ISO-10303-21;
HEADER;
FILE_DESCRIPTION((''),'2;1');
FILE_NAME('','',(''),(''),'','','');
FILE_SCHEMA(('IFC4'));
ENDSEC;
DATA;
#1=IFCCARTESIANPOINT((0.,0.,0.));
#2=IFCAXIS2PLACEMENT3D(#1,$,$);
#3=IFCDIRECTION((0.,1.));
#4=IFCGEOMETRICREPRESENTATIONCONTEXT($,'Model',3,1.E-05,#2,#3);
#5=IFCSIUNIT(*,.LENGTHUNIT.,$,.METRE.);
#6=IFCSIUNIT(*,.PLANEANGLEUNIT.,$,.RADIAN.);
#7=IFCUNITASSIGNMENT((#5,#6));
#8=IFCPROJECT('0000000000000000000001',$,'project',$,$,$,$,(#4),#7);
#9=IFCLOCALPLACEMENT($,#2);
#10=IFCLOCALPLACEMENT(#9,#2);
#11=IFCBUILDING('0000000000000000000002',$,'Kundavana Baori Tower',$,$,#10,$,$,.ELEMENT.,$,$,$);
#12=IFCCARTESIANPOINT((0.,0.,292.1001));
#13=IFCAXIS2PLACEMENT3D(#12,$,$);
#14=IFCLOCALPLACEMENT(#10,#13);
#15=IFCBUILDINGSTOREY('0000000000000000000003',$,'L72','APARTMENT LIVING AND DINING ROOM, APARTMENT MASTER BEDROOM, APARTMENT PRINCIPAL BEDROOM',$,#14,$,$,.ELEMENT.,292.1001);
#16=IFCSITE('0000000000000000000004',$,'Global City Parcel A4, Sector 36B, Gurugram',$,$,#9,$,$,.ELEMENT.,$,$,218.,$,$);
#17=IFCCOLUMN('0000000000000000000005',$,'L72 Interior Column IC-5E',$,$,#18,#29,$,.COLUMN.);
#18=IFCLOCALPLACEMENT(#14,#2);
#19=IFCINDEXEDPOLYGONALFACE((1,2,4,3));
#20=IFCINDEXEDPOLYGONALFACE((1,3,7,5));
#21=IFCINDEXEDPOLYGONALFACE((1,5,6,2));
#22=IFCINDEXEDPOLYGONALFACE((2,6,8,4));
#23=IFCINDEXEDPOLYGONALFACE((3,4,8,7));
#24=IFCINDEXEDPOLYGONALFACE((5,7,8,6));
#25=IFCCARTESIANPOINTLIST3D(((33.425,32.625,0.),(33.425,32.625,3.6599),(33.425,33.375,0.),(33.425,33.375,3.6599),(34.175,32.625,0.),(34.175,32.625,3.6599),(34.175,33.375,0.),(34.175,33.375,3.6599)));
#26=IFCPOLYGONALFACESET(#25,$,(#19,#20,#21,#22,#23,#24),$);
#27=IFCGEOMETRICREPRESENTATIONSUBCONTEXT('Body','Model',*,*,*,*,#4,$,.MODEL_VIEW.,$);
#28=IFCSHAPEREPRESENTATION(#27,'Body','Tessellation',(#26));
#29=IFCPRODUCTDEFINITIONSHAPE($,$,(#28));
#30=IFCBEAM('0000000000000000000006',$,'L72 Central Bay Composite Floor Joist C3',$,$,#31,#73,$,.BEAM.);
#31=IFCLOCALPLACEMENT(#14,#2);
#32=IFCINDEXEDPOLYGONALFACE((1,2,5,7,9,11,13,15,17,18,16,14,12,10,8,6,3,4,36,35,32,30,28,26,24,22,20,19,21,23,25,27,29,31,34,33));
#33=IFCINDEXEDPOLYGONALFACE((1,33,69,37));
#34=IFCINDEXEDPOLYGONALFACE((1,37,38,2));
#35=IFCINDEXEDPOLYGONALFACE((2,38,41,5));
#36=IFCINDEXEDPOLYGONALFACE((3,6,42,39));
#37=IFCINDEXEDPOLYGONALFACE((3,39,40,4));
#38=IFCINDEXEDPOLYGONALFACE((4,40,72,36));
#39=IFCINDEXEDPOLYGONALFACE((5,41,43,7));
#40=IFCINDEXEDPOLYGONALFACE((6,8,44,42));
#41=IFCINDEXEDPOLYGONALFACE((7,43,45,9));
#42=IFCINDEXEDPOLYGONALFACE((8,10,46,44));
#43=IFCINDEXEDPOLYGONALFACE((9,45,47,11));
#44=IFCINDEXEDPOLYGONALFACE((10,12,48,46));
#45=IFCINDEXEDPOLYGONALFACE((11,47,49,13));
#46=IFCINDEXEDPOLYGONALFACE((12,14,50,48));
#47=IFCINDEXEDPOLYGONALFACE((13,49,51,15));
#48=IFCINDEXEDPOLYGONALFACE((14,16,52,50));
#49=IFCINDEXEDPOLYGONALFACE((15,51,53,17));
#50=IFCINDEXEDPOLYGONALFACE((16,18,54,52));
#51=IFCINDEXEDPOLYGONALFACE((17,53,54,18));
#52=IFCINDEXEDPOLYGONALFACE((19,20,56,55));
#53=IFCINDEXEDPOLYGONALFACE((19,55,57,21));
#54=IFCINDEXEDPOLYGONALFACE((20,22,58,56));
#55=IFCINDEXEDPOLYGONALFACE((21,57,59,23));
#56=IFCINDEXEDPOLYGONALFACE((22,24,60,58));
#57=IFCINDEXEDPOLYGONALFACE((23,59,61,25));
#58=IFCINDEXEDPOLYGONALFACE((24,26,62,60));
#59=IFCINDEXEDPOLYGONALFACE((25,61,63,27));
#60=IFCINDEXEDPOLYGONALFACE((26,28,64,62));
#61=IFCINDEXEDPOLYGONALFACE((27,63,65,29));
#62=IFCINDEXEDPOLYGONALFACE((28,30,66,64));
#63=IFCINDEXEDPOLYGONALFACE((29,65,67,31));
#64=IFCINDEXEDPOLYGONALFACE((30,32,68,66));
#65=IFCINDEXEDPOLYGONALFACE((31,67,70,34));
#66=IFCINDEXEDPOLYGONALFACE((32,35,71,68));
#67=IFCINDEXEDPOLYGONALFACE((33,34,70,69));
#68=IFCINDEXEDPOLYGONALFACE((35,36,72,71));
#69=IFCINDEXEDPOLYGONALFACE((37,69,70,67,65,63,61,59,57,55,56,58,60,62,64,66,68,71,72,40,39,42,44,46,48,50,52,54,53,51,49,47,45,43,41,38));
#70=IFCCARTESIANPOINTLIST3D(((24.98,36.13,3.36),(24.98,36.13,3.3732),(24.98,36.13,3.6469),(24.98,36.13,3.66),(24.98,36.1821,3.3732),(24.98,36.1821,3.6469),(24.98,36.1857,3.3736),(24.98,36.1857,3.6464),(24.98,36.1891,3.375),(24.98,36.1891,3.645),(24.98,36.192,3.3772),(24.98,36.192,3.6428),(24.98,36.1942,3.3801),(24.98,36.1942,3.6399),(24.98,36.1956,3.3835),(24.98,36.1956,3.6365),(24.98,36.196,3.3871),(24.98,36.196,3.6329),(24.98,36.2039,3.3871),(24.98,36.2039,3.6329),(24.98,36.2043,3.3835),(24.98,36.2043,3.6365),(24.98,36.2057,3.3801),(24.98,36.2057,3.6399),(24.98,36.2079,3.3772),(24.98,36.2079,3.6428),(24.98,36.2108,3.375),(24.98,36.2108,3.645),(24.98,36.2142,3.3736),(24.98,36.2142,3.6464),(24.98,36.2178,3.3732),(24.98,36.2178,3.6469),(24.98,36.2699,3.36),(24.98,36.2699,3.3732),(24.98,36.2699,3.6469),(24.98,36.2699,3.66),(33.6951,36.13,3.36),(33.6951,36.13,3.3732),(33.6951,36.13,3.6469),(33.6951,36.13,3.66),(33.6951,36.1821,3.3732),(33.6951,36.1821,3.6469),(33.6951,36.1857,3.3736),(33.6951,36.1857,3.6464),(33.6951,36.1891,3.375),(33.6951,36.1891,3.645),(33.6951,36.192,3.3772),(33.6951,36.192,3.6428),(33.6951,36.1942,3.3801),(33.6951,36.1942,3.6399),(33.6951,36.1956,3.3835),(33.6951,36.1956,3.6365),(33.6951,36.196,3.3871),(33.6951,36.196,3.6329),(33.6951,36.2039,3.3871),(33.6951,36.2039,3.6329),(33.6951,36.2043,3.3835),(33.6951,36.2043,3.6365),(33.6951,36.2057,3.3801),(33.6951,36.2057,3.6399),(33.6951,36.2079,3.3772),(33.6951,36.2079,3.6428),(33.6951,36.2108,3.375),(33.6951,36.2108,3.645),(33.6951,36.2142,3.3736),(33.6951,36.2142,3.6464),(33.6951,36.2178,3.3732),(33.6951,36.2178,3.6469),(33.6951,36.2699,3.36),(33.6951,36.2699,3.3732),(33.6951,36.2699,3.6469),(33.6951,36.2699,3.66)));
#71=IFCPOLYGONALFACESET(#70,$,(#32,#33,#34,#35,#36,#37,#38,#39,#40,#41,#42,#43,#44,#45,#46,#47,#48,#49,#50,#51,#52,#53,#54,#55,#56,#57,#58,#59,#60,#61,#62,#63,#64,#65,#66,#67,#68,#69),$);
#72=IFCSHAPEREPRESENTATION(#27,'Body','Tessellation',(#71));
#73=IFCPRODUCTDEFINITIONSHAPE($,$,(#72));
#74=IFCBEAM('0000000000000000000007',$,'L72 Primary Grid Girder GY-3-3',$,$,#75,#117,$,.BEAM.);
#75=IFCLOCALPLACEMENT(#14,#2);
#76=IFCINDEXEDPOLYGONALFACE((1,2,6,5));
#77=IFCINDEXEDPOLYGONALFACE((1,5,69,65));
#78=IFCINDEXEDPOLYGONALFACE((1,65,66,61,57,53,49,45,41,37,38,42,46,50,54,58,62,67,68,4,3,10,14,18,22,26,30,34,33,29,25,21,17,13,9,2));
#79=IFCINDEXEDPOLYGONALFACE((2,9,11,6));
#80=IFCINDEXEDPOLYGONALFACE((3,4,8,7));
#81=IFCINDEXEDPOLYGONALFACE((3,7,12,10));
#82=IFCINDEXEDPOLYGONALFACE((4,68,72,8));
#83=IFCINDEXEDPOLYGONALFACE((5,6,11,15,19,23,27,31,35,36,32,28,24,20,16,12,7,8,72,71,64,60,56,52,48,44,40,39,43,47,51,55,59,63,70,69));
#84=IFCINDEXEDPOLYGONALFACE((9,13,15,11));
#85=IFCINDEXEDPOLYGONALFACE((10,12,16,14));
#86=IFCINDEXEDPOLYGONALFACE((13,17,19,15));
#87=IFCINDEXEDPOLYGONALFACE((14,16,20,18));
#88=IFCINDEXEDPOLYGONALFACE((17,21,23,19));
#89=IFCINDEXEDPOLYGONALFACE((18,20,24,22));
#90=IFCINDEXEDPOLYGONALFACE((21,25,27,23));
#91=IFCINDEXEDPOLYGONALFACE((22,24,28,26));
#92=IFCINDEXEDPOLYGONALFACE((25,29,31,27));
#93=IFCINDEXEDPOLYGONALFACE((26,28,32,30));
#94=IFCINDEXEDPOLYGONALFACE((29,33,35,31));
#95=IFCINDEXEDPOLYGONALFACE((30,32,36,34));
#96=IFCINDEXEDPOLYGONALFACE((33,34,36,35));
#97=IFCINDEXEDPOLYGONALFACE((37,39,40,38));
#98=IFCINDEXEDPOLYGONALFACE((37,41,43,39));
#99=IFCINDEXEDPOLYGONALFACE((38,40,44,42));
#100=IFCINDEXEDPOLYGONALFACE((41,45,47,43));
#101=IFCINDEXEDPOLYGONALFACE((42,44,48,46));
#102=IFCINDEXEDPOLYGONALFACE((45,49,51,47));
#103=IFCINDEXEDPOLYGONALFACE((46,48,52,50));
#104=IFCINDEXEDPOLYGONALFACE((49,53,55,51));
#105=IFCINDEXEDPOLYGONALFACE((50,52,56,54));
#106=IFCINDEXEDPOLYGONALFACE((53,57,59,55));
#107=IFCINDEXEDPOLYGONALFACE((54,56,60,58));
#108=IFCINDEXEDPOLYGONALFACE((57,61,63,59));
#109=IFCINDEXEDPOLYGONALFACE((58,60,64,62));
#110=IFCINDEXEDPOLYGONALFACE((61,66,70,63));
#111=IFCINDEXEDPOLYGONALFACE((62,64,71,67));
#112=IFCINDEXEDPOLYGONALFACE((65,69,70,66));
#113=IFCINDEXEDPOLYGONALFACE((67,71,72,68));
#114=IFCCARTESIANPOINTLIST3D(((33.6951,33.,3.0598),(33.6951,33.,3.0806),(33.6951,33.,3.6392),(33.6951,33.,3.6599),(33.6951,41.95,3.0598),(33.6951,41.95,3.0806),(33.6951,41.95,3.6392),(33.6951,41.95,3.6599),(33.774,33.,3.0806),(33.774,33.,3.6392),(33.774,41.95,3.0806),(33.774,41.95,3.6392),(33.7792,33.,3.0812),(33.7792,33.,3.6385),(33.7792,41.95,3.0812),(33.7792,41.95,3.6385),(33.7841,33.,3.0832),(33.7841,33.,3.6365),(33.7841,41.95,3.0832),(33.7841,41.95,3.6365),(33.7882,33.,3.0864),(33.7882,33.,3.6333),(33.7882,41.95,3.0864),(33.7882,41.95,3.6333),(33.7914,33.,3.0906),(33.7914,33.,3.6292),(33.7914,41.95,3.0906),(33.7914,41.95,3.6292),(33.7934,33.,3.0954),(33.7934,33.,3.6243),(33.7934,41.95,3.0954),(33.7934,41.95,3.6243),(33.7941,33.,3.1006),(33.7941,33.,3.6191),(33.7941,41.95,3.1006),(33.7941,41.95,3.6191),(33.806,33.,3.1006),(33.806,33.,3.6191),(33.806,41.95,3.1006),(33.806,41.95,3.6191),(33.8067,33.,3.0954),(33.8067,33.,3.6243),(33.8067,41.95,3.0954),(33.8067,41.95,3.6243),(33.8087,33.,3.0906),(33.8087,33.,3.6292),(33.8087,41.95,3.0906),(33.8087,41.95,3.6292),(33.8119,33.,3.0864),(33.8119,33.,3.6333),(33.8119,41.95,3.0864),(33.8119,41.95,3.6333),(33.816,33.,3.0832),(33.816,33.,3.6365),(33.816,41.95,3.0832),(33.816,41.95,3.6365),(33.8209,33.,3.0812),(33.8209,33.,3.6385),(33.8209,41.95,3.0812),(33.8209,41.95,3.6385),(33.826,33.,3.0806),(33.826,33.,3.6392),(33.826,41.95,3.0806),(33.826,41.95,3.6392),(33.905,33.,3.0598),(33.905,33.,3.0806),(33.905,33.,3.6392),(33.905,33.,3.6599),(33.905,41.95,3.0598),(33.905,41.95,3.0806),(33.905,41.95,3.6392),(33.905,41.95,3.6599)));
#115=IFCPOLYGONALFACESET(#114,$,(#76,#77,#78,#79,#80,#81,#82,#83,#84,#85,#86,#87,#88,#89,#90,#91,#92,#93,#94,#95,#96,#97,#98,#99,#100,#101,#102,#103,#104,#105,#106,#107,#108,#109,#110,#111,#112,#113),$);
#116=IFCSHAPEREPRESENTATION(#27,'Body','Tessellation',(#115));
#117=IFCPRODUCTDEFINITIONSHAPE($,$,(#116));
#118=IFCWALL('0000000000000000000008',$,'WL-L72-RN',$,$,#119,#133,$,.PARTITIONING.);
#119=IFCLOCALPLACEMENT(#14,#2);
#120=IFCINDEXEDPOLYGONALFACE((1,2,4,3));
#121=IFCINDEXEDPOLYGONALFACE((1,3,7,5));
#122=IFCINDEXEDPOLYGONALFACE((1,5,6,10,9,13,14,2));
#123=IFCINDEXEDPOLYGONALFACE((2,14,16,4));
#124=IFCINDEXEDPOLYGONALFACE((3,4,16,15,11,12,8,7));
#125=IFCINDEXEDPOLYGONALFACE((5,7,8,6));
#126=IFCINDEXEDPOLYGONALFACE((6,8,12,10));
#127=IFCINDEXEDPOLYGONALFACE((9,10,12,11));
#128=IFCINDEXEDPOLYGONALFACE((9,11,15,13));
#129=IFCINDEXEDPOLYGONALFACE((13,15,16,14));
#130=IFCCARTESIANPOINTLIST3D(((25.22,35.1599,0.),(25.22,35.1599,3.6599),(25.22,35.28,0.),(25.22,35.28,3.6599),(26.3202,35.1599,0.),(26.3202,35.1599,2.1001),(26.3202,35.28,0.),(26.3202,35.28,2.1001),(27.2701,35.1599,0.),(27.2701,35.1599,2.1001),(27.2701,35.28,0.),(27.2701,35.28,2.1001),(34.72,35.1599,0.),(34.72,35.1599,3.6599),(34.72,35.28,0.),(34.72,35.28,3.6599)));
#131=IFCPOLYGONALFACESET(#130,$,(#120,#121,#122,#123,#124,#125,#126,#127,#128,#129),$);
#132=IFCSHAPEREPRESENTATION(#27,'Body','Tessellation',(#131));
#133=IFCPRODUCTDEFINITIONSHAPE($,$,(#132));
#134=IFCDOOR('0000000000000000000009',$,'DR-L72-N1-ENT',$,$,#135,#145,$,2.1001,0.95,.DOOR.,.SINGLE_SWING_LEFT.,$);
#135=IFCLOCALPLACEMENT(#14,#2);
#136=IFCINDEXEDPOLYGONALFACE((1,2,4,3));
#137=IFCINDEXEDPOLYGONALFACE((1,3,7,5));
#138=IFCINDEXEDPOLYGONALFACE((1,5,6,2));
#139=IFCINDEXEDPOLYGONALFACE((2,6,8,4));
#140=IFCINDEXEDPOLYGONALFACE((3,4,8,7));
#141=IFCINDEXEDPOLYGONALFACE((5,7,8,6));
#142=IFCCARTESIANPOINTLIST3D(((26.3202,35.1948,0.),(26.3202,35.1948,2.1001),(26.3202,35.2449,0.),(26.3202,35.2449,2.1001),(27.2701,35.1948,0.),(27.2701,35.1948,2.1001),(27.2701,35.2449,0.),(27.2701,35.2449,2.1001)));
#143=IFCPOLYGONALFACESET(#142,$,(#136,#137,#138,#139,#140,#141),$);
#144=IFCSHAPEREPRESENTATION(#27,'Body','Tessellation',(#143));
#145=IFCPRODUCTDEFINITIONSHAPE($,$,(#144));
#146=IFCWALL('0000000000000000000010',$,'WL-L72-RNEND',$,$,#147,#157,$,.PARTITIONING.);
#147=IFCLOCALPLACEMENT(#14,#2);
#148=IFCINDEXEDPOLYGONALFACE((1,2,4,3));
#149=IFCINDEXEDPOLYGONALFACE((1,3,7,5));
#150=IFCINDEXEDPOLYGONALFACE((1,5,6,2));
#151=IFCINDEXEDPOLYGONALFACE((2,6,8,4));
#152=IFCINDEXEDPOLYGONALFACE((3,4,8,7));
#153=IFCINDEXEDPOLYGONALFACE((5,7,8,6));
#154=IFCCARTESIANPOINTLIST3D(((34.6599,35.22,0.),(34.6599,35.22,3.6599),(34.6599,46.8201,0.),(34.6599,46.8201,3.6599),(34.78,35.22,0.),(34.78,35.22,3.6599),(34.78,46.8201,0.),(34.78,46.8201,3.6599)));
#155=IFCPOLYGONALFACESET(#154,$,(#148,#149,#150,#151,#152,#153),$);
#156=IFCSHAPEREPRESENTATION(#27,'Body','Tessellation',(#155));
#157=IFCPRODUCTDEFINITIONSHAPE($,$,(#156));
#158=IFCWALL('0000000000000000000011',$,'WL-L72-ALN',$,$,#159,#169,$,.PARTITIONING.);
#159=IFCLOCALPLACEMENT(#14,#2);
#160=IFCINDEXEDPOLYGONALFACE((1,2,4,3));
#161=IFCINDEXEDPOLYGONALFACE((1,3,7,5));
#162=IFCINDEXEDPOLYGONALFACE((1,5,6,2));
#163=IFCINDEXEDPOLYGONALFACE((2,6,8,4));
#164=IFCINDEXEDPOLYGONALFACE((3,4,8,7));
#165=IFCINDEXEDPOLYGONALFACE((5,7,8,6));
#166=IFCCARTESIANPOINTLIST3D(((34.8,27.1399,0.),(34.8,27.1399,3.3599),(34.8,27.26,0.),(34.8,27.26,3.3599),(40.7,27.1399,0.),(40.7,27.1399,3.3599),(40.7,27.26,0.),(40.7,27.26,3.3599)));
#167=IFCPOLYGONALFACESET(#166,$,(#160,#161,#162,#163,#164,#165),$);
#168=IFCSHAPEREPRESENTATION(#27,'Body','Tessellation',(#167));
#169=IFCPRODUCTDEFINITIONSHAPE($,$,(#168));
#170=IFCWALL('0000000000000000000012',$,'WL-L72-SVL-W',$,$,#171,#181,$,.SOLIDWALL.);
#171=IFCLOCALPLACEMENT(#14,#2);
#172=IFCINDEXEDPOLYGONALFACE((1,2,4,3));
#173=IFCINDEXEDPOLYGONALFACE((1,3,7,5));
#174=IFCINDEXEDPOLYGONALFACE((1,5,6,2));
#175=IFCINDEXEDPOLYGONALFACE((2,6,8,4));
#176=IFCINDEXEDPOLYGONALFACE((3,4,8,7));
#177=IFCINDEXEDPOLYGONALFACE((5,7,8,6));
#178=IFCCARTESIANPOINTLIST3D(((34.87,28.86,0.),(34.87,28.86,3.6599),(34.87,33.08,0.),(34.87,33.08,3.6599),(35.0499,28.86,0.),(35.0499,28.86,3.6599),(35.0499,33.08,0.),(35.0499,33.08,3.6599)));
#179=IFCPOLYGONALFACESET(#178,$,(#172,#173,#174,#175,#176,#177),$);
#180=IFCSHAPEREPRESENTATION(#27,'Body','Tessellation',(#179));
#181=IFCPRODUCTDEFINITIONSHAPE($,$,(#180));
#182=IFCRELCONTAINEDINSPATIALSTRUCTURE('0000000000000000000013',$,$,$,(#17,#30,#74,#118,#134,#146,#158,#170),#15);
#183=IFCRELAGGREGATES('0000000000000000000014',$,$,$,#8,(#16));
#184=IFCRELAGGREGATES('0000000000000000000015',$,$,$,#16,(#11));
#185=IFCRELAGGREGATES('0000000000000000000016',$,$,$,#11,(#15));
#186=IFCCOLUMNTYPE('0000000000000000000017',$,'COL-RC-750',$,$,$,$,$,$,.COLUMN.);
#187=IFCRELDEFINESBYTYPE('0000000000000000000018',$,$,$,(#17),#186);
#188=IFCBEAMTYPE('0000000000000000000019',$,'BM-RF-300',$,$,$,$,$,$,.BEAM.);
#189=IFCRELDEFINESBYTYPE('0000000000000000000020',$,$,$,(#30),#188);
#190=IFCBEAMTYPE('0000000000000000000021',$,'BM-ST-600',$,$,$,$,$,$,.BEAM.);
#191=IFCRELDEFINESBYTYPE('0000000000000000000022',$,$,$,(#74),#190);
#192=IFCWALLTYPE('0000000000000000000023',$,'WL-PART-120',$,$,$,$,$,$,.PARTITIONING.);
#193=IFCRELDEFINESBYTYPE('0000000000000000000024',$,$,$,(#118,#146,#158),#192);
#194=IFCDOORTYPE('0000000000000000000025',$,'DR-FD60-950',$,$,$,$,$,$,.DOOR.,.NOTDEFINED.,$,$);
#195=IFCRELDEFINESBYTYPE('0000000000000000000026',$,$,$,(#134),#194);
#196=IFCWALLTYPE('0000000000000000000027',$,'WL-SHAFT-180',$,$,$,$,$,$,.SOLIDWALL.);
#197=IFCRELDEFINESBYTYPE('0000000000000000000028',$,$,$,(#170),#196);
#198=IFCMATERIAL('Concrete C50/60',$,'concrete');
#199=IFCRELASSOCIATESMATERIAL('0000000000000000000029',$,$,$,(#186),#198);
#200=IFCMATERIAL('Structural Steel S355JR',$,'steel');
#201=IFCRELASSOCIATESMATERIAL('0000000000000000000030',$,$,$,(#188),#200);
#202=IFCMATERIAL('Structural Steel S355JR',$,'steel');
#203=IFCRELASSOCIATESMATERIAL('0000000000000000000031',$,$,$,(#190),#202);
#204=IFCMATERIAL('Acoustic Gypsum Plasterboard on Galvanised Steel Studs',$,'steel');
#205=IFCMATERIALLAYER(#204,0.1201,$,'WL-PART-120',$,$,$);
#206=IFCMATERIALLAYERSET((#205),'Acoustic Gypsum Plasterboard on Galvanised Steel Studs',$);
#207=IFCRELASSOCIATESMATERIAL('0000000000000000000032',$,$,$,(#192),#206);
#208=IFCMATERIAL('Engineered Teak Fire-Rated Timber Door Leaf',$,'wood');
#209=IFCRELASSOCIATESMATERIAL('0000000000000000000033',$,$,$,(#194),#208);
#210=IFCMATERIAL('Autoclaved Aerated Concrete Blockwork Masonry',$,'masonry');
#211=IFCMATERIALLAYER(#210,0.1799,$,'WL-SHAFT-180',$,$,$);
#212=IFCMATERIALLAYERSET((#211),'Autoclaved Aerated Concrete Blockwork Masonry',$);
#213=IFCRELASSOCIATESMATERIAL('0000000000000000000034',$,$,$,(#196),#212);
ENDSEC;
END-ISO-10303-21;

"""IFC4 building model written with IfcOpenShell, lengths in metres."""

from ifc_helpers import new_model, si_unit, direction, frame, frame_2d, origin, origin_2d, place, context, subcontext, project, spatial, rectangle, i_section, extrude, material, layer, layer_set, material_profile, profile_set, type_object, element, fill, save


model = new_model("IFC4")

# Units and contexts
model_context = context("Model", 3, precision=1e-05, world=origin(), true_north=direction((0.0, 1.0)))
body_context = subcontext(model_context, "Body", "Model", "MODEL_VIEW")
ifc_project = project(units=[si_unit("LENGTHUNIT", "METRE"), si_unit("PLANEANGLEUNIT", "RADIAN")], contexts=[model_context])

# Site, building, storey
site_placement = place(None, origin())
site = spatial("IfcSite", under=ifc_project, at=site_placement, Name="Global City Parcel A4, Sector 36B, Gurugram", CompositionType="ELEMENT", RefElevation=218.0)
building_placement = place(site_placement, origin())
building = spatial("IfcBuilding", under=site, at=building_placement, Name="Kundavana Baori Tower", CompositionType="ELEMENT")
storey_placement = place(building_placement, frame((0.0, 0.0, 292.1001)))
storey = spatial("IfcBuildingStorey", under=building, at=storey_placement, Name="L72", Description="APARTMENT LIVING AND DINING ROOM, APARTMENT MASTER BEDROOM, APARTMENT PRINCIPAL BEDROOM", CompositionType="ELEMENT", Elevation=292.1001)

# Column
ifc_material_1 = material(Name="Concrete C50/60", Category="concrete")
ifc_material_profile_1 = material_profile(ifc_material_1, rectangle(XDim=0.75, YDim=0.75, at=origin_2d()), Name="RC 750x750")
ifc_profile_set_1 = profile_set([ifc_material_profile_1], Name="Concrete C50/60")
column_type = type_object("IfcColumnType", Name="COL-RC-750", PredefinedType="COLUMN", material=ifc_profile_set_1)
column_placement = place(storey_placement, frame((33.8, 33.0, 0.0), z_axis=(0.0, 0.0, 1.0), x_axis=(1.0, 0.0, 0.0)))
element("IfcColumn", 1, at=column_placement, inside=storey, type_object=column_type, Name="L72 Interior Column IC-5E", PredefinedType="COLUMN", context=body_context, shape_type="SweptSolid", body=[
    extrude(rectangle(XDim=0.75, YDim=0.75, at=origin_2d()), origin(), (0.0, 0.0, 1.0), 3.6599),
])

# Beams
ifc_material_2 = material(Name="Structural Steel S355JR", Category="steel")
ifc_material_profile_2 = material_profile(ifc_material_2, i_section(OverallWidth=0.1399, OverallDepth=0.3, WebThickness=0.0078, FlangeThickness=0.0132, FilletRadius=0.0139, at=origin_2d()), Name="ISMB 300")
ifc_profile_set_2 = profile_set([ifc_material_profile_2], Name="Structural Steel S355JR")
beam_type_1 = type_object("IfcBeamType", Name="BM-RF-300", PredefinedType="BEAM", material=ifc_profile_set_2)
beam_1_placement = place(storey_placement, frame((24.98, 36.2, 3.51), z_axis=(1.0, 0.0, 0.0), x_axis=(0.0, 1.0, 0.0)))
element("IfcBeam", 2, at=beam_1_placement, inside=storey, type_object=beam_type_1, Name="L72 Central Bay Composite Floor Joist C3", PredefinedType="BEAM", context=body_context, shape_type="SweptSolid", body=[
    extrude(i_section(OverallWidth=0.1399, OverallDepth=0.3, WebThickness=0.0078, FlangeThickness=0.0132, FilletRadius=0.0139, at=origin_2d()), origin(), (0.0, 0.0, 1.0), 8.7151),
])
ifc_material_3 = material(Name="Structural Steel S355JR", Category="steel")
ifc_material_profile_3 = material_profile(ifc_material_3, i_section(OverallWidth=0.21, OverallDepth=0.6001, WebThickness=0.012, FlangeThickness=0.0208, FilletRadius=0.02, at=origin_2d()), Name="ISMB 600")
ifc_profile_set_3 = profile_set([ifc_material_profile_3], Name="Structural Steel S355JR")
beam_type_2 = type_object("IfcBeamType", Name="BM-ST-600", PredefinedType="BEAM", material=ifc_profile_set_3)
beam_2_placement = place(storey_placement, frame((33.8, 33.0, 3.3599), z_axis=(0.0, 1.0, 0.0), x_axis=(-1.0, 0.0, 0.0)))
element("IfcBeam", 3, at=beam_2_placement, inside=storey, type_object=beam_type_2, Name="L72 Primary Grid Girder GY-3-3", PredefinedType="BEAM", context=body_context, shape_type="SweptSolid", body=[
    extrude(i_section(OverallWidth=0.21, OverallDepth=0.6001, WebThickness=0.012, FlangeThickness=0.0208, FilletRadius=0.02, at=origin_2d()), origin(), (0.0, 0.0, 1.0), 8.95),
])

# Wall, opening, door
ifc_material_4 = material(Name="Acoustic Gypsum Plasterboard on Galvanised Steel Studs", Category="steel")
ifc_layer_1 = layer(ifc_material_4, 0.1201, Name="WL-PART-120")
ifc_layer_set_1 = layer_set([ifc_layer_1], Name="Acoustic Gypsum Plasterboard on Galvanised Steel Studs")
wall_type_1 = type_object("IfcWallType", Name="WL-PART-120", PredefinedType="PARTITIONING", material=ifc_layer_set_1)
wall_1_placement = place(storey_placement, frame((25.22, 35.22, 0.0), z_axis=(0.0, 0.0, 1.0), x_axis=(1.0, 0.0, 0.0)))
wall_1 = element("IfcWall", 4, at=wall_1_placement, inside=storey, type_object=wall_type_1, Name="WL-L72-RN", PredefinedType="PARTITIONING", context=body_context, shape_type="SweptSolid", body=[
    extrude(rectangle(XDim=9.5, YDim=0.1201, at=frame_2d((4.75, 0.0))), origin(), (0.0, 0.0, 1.0), 3.6599),
])
opening_1_placement = place(wall_1_placement, frame((1.1001, 0.0, 0.0)))
opening_1 = element("IfcOpeningElement", 5, at=opening_1_placement, cuts=wall_1, PredefinedType="OPENING", context=body_context, shape_type="SweptSolid", body=[
    extrude(rectangle(XDim=0.95, YDim=2.1001, at=frame_2d((0.4751, 1.05))), frame((0.0, 0.0701, 0.0), z_axis=(0.0, -1.0, 0.0), x_axis=(1.0, 0.0, 0.0)), (0.0, 0.0, 1.0), 0.1401),
])
ifc_material_5 = material(Name="Engineered Teak Fire-Rated Timber Door Leaf", Category="wood")
door_type_1 = type_object("IfcDoorType", Name="DR-FD60-950", OperationType="NOTDEFINED", PredefinedType="DOOR", material=ifc_material_5)
door_1_placement = place(opening_1_placement, origin())
door_1 = element("IfcDoor", 6, at=door_1_placement, inside=storey, type_object=door_type_1, Name="DR-L72-N1-ENT", OperationType="SINGLE_SWING_LEFT", OverallHeight=2.1001, OverallWidth=0.95, PredefinedType="DOOR", context=body_context, shape_type="SweptSolid", body=[
    extrude(rectangle(XDim=0.95, YDim=2.1001, at=frame_2d((0.4751, 1.05))), frame((0.0, 0.0249, 0.0), z_axis=(0.0, -1.0, 0.0), x_axis=(1.0, 0.0, 0.0)), (0.0, 0.0, 1.0), 0.05),
])
fill(opening_1, door_1)

# Walls
wall_2_placement = place(storey_placement, frame((34.72, 35.22, 0.0), z_axis=(0.0, 0.0, 1.0), x_axis=(0.0, 1.0, 0.0)))
element("IfcWall", 7, at=wall_2_placement, inside=storey, type_object=wall_type_1, Name="WL-L72-RNEND", PredefinedType="PARTITIONING", context=body_context, shape_type="SweptSolid", body=[
    extrude(rectangle(XDim=11.6001, YDim=0.1201, at=frame_2d((5.8, 0.0))), origin(), (0.0, 0.0, 1.0), 3.6599),
])
wall_3_placement = place(storey_placement, frame((34.8, 27.2, 0.0), z_axis=(0.0, 0.0, 1.0), x_axis=(1.0, 0.0, 0.0)))
element("IfcWall", 8, at=wall_3_placement, inside=storey, type_object=wall_type_1, Name="WL-L72-ALN", PredefinedType="PARTITIONING", context=body_context, shape_type="SweptSolid", body=[
    extrude(rectangle(XDim=5.8999, YDim=0.1201, at=frame_2d((2.95, 0.0))), origin(), (0.0, 0.0, 1.0), 3.3599),
])
ifc_material_6 = material(Name="Autoclaved Aerated Concrete Blockwork Masonry", Category="masonry")
ifc_layer_2 = layer(ifc_material_6, 0.1799, Name="WL-SHAFT-180")
ifc_layer_set_2 = layer_set([ifc_layer_2], Name="Autoclaved Aerated Concrete Blockwork Masonry")
wall_type_2 = type_object("IfcWallType", Name="WL-SHAFT-180", PredefinedType="SOLIDWALL", material=ifc_layer_set_2)
wall_4_placement = place(storey_placement, frame((34.96, 28.8601, 0.0), z_axis=(0.0, 0.0, 1.0), x_axis=(0.0, 1.0, 0.0)))
element("IfcWall", 9, at=wall_4_placement, inside=storey, type_object=wall_type_2, Name="WL-L72-SVL-W", PredefinedType="SOLIDWALL", context=body_context, shape_type="SweptSolid", body=[
    extrude(rectangle(XDim=4.22, YDim=0.1799, at=frame_2d((2.1099, 0.0))), origin(), (0.0, 0.0, 1.0), 3.6599),
])

save(model, "model.ifc")
